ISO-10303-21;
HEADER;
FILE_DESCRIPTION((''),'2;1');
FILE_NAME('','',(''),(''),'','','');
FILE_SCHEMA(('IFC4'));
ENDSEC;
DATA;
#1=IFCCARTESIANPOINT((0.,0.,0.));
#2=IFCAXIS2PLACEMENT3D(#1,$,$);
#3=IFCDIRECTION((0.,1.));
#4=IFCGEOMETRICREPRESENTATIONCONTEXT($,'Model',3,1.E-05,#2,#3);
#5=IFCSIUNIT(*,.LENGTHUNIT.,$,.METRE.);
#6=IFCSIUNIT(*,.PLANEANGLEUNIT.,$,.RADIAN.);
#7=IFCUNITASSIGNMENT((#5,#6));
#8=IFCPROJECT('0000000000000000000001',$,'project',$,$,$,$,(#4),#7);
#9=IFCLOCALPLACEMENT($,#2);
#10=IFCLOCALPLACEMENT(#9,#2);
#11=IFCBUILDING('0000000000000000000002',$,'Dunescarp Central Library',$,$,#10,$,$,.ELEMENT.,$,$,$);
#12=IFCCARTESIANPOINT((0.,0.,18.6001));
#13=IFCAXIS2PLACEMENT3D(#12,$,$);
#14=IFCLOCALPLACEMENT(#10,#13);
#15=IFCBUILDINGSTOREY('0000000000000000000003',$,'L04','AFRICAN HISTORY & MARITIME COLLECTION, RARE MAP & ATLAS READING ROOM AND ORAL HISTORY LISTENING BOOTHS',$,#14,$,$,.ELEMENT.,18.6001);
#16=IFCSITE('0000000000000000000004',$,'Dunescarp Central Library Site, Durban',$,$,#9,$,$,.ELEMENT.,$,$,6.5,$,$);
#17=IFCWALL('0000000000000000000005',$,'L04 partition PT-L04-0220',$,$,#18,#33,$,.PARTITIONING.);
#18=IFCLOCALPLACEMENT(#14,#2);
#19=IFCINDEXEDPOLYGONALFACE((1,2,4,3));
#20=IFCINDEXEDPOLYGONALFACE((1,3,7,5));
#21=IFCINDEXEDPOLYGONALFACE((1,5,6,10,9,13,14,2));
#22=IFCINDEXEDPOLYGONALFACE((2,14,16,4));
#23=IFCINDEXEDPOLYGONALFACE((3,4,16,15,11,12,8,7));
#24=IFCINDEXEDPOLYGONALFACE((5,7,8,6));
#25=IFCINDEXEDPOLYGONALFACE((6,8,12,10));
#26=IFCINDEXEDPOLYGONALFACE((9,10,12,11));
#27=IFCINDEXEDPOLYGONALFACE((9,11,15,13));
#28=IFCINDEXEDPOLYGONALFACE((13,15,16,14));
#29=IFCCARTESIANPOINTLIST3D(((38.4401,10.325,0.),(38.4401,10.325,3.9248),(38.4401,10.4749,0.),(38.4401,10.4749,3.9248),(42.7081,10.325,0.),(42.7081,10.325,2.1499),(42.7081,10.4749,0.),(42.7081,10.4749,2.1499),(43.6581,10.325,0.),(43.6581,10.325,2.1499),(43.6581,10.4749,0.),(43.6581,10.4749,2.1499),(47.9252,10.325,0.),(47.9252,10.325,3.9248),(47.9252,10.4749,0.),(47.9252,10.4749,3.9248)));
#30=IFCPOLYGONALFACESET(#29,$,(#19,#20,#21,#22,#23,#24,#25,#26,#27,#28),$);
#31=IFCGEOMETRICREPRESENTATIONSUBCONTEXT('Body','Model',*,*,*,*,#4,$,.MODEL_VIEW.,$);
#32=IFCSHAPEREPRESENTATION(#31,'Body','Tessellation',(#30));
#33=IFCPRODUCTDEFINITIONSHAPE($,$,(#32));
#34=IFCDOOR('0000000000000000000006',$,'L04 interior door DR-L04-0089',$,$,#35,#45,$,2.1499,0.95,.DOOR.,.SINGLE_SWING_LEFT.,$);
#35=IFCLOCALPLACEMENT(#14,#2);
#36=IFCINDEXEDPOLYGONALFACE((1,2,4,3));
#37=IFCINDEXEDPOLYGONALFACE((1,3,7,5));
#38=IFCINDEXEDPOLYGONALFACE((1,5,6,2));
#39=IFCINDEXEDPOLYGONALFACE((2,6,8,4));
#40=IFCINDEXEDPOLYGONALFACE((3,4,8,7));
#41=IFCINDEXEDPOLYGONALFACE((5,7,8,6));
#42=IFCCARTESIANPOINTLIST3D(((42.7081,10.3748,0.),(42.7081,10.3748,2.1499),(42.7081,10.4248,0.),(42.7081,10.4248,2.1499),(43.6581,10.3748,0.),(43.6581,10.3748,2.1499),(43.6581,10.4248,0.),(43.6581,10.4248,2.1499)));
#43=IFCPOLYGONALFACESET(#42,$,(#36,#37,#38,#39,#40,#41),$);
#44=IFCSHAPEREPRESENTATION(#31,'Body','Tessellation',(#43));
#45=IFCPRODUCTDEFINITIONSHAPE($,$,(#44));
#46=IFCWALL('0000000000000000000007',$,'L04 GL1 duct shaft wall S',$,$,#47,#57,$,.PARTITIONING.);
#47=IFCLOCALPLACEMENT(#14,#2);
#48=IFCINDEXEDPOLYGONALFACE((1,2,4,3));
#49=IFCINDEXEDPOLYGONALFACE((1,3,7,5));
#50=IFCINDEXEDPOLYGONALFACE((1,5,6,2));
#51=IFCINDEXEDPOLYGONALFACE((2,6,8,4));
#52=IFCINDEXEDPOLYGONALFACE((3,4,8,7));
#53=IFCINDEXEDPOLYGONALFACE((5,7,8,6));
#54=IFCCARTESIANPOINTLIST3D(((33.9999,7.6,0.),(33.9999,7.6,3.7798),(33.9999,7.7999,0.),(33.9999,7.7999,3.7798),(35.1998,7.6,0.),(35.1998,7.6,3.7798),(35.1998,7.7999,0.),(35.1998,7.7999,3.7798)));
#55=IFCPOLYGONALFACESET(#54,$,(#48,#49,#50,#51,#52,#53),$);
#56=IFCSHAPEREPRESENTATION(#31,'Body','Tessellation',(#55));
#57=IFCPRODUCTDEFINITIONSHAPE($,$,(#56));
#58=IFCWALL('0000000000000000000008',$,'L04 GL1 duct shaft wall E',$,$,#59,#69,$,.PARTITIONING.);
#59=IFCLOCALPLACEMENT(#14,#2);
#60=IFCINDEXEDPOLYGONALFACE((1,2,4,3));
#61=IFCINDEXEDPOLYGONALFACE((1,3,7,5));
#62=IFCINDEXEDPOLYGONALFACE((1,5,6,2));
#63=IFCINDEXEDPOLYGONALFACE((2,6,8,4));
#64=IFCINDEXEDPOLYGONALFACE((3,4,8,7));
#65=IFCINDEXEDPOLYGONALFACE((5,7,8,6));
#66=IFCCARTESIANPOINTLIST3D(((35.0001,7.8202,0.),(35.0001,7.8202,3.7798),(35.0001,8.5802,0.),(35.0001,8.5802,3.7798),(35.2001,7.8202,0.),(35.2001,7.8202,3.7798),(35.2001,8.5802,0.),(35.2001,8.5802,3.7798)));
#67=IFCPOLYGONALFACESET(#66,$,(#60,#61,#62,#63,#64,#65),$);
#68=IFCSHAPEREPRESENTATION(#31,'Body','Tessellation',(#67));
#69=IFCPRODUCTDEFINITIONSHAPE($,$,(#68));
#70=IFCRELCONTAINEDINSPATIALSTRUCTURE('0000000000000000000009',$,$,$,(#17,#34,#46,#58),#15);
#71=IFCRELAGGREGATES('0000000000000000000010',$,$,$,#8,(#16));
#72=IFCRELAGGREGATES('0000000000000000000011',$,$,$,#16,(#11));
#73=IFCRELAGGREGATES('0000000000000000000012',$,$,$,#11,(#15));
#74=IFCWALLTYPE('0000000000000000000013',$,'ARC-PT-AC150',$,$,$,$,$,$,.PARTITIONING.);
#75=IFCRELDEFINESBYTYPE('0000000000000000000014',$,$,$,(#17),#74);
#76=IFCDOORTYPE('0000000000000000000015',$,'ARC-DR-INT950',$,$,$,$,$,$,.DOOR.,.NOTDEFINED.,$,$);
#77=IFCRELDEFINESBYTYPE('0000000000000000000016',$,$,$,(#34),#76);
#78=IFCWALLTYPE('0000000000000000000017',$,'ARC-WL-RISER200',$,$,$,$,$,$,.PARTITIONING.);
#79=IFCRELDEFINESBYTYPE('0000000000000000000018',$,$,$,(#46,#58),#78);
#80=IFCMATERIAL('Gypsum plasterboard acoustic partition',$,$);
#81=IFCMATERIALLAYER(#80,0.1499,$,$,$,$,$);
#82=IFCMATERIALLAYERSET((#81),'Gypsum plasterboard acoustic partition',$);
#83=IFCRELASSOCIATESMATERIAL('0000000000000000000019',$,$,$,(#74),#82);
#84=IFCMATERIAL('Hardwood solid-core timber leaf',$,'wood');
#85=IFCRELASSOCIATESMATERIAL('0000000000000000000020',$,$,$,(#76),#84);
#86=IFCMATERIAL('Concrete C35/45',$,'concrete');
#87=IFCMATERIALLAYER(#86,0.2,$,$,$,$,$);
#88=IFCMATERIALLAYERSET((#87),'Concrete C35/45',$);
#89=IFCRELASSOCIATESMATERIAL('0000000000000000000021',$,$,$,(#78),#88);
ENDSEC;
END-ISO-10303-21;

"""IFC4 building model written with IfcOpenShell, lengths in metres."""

from ifc_helpers import new_model, si_unit, direction, frame, frame_2d, origin, place, context, subcontext, project, spatial, rectangle, extrude, material, layer, layer_set, type_object, element, fill, save


model = new_model("IFC4")

# Units and contexts
model_context = context("Model", 3, precision=1e-05, world=origin(), true_north=direction((0.0, 1.0)))
body_context = subcontext(model_context, "Body", "Model", "MODEL_VIEW")
ifc_project = project(units=[si_unit("LENGTHUNIT", "METRE"), si_unit("PLANEANGLEUNIT", "RADIAN")], contexts=[model_context])

# Site, building, storey
site_placement = place(None, origin())
site = spatial("IfcSite", under=ifc_project, at=site_placement, Name="Dunescarp Central Library Site, Durban", CompositionType="ELEMENT", RefElevation=6.5)
building_placement = place(site_placement, origin())
building = spatial("IfcBuilding", under=site, at=building_placement, Name="Dunescarp Central Library", CompositionType="ELEMENT")
storey_placement = place(building_placement, frame((0.0, 0.0, 18.6001)))
storey = spatial("IfcBuildingStorey", under=building, at=storey_placement, Name="L04", Description="AFRICAN HISTORY & MARITIME COLLECTION, RARE MAP & ATLAS READING ROOM AND ORAL HISTORY LISTENING BOOTHS", CompositionType="ELEMENT", Elevation=18.6001)

# Wall, opening, door
ifc_material_1 = material(Name="Gypsum plasterboard acoustic partition")
ifc_layer_1 = layer(ifc_material_1, 0.1499)
ifc_layer_set_1 = layer_set([ifc_layer_1], Name="Gypsum plasterboard acoustic partition")
wall_type_1 = type_object("IfcWallType", Name="ARC-PT-AC150", PredefinedType="PARTITIONING", material=ifc_layer_set_1)
wall_1_placement = place(storey_placement, frame((38.4399, 10.3999, 0.0), z_axis=(0.0, 0.0, 1.0), x_axis=(1.0, 0.0, 0.0)))
wall_1 = element("IfcWall", 1, at=wall_1_placement, inside=storey, type_object=wall_type_1, Name="L04 partition PT-L04-0220", PredefinedType="PARTITIONING", context=body_context, shape_type="SweptSolid", body=[
    extrude(rectangle(XDim=9.4851, YDim=0.1499, at=frame_2d((4.7427, 0.0))), origin(), (0.0, 0.0, 1.0), 3.9248),
])
opening_placement = place(wall_1_placement, frame((4.2681, 0.0, 0.0)))
opening = element("IfcOpeningElement", 2, at=opening_placement, cuts=wall_1, PredefinedType="OPENING", context=body_context, shape_type="SweptSolid", body=[
    extrude(rectangle(XDim=0.95, YDim=2.1499, at=frame_2d((0.4751, 1.075))), frame((0.0, 0.085, 0.0), z_axis=(0.0, -1.0, 0.0), x_axis=(1.0, 0.0, 0.0)), (0.0, 0.0, 1.0), 0.1699),
])
ifc_material_2 = material(Name="Hardwood solid-core timber leaf", Category="wood")
door_type = type_object("IfcDoorType", Name="ARC-DR-INT950", OperationType="NOTDEFINED", PredefinedType="DOOR", material=ifc_material_2)
door_placement = place(opening_placement, origin())
door = element("IfcDoor", 3, at=door_placement, inside=storey, type_object=door_type, Name="L04 interior door DR-L04-0089", OperationType="SINGLE_SWING_LEFT", OverallHeight=2.1499, OverallWidth=0.95, PredefinedType="DOOR", context=body_context, shape_type="SweptSolid", body=[
    extrude(rectangle(XDim=0.95, YDim=2.1499, at=frame_2d((0.4751, 1.075))), frame((0.0, 0.0249, 0.0), z_axis=(0.0, -1.0, 0.0), x_axis=(1.0, 0.0, 0.0)), (0.0, 0.0, 1.0), 0.05),
])
fill(opening, door)

# Walls
ifc_material_3 = material(Name="Concrete C35/45", Category="concrete")
ifc_layer_2 = layer(ifc_material_3, 0.2)
ifc_layer_set_2 = layer_set([ifc_layer_2], Name="Concrete C35/45")
wall_type_2 = type_object("IfcWallType", Name="ARC-WL-RISER200", PredefinedType="PARTITIONING", material=ifc_layer_set_2)
wall_2_placement = place(storey_placement, frame((35.2, 7.7, 0.0), z_axis=(0.0, 0.0, 1.0), x_axis=(-1.0, 0.0, 0.0)))
element("IfcWall", 4, at=wall_2_placement, inside=storey, type_object=wall_type_2, Name="L04 GL1 duct shaft wall S", PredefinedType="PARTITIONING", context=body_context, shape_type="SweptSolid", body=[
    extrude(rectangle(XDim=1.2, YDim=0.2, at=frame_2d((0.6001, 0.0))), origin(), (0.0, 0.0, 1.0), 3.7798),
])
wall_3_placement = place(storey_placement, frame((35.1001, 8.5801, 0.0), z_axis=(0.0, 0.0, 1.0), x_axis=(0.0, -1.0, 0.0)))
element("IfcWall", 5, at=wall_3_placement, inside=storey, type_object=wall_type_2, Name="L04 GL1 duct shaft wall E", PredefinedType="PARTITIONING", context=body_context, shape_type="SweptSolid", body=[
    extrude(rectangle(XDim=0.76, YDim=0.2, at=frame_2d((0.3799, 0.0))), origin(), (0.0, 0.0, 1.0), 3.7798),
])

save(model, "model.ifc")
